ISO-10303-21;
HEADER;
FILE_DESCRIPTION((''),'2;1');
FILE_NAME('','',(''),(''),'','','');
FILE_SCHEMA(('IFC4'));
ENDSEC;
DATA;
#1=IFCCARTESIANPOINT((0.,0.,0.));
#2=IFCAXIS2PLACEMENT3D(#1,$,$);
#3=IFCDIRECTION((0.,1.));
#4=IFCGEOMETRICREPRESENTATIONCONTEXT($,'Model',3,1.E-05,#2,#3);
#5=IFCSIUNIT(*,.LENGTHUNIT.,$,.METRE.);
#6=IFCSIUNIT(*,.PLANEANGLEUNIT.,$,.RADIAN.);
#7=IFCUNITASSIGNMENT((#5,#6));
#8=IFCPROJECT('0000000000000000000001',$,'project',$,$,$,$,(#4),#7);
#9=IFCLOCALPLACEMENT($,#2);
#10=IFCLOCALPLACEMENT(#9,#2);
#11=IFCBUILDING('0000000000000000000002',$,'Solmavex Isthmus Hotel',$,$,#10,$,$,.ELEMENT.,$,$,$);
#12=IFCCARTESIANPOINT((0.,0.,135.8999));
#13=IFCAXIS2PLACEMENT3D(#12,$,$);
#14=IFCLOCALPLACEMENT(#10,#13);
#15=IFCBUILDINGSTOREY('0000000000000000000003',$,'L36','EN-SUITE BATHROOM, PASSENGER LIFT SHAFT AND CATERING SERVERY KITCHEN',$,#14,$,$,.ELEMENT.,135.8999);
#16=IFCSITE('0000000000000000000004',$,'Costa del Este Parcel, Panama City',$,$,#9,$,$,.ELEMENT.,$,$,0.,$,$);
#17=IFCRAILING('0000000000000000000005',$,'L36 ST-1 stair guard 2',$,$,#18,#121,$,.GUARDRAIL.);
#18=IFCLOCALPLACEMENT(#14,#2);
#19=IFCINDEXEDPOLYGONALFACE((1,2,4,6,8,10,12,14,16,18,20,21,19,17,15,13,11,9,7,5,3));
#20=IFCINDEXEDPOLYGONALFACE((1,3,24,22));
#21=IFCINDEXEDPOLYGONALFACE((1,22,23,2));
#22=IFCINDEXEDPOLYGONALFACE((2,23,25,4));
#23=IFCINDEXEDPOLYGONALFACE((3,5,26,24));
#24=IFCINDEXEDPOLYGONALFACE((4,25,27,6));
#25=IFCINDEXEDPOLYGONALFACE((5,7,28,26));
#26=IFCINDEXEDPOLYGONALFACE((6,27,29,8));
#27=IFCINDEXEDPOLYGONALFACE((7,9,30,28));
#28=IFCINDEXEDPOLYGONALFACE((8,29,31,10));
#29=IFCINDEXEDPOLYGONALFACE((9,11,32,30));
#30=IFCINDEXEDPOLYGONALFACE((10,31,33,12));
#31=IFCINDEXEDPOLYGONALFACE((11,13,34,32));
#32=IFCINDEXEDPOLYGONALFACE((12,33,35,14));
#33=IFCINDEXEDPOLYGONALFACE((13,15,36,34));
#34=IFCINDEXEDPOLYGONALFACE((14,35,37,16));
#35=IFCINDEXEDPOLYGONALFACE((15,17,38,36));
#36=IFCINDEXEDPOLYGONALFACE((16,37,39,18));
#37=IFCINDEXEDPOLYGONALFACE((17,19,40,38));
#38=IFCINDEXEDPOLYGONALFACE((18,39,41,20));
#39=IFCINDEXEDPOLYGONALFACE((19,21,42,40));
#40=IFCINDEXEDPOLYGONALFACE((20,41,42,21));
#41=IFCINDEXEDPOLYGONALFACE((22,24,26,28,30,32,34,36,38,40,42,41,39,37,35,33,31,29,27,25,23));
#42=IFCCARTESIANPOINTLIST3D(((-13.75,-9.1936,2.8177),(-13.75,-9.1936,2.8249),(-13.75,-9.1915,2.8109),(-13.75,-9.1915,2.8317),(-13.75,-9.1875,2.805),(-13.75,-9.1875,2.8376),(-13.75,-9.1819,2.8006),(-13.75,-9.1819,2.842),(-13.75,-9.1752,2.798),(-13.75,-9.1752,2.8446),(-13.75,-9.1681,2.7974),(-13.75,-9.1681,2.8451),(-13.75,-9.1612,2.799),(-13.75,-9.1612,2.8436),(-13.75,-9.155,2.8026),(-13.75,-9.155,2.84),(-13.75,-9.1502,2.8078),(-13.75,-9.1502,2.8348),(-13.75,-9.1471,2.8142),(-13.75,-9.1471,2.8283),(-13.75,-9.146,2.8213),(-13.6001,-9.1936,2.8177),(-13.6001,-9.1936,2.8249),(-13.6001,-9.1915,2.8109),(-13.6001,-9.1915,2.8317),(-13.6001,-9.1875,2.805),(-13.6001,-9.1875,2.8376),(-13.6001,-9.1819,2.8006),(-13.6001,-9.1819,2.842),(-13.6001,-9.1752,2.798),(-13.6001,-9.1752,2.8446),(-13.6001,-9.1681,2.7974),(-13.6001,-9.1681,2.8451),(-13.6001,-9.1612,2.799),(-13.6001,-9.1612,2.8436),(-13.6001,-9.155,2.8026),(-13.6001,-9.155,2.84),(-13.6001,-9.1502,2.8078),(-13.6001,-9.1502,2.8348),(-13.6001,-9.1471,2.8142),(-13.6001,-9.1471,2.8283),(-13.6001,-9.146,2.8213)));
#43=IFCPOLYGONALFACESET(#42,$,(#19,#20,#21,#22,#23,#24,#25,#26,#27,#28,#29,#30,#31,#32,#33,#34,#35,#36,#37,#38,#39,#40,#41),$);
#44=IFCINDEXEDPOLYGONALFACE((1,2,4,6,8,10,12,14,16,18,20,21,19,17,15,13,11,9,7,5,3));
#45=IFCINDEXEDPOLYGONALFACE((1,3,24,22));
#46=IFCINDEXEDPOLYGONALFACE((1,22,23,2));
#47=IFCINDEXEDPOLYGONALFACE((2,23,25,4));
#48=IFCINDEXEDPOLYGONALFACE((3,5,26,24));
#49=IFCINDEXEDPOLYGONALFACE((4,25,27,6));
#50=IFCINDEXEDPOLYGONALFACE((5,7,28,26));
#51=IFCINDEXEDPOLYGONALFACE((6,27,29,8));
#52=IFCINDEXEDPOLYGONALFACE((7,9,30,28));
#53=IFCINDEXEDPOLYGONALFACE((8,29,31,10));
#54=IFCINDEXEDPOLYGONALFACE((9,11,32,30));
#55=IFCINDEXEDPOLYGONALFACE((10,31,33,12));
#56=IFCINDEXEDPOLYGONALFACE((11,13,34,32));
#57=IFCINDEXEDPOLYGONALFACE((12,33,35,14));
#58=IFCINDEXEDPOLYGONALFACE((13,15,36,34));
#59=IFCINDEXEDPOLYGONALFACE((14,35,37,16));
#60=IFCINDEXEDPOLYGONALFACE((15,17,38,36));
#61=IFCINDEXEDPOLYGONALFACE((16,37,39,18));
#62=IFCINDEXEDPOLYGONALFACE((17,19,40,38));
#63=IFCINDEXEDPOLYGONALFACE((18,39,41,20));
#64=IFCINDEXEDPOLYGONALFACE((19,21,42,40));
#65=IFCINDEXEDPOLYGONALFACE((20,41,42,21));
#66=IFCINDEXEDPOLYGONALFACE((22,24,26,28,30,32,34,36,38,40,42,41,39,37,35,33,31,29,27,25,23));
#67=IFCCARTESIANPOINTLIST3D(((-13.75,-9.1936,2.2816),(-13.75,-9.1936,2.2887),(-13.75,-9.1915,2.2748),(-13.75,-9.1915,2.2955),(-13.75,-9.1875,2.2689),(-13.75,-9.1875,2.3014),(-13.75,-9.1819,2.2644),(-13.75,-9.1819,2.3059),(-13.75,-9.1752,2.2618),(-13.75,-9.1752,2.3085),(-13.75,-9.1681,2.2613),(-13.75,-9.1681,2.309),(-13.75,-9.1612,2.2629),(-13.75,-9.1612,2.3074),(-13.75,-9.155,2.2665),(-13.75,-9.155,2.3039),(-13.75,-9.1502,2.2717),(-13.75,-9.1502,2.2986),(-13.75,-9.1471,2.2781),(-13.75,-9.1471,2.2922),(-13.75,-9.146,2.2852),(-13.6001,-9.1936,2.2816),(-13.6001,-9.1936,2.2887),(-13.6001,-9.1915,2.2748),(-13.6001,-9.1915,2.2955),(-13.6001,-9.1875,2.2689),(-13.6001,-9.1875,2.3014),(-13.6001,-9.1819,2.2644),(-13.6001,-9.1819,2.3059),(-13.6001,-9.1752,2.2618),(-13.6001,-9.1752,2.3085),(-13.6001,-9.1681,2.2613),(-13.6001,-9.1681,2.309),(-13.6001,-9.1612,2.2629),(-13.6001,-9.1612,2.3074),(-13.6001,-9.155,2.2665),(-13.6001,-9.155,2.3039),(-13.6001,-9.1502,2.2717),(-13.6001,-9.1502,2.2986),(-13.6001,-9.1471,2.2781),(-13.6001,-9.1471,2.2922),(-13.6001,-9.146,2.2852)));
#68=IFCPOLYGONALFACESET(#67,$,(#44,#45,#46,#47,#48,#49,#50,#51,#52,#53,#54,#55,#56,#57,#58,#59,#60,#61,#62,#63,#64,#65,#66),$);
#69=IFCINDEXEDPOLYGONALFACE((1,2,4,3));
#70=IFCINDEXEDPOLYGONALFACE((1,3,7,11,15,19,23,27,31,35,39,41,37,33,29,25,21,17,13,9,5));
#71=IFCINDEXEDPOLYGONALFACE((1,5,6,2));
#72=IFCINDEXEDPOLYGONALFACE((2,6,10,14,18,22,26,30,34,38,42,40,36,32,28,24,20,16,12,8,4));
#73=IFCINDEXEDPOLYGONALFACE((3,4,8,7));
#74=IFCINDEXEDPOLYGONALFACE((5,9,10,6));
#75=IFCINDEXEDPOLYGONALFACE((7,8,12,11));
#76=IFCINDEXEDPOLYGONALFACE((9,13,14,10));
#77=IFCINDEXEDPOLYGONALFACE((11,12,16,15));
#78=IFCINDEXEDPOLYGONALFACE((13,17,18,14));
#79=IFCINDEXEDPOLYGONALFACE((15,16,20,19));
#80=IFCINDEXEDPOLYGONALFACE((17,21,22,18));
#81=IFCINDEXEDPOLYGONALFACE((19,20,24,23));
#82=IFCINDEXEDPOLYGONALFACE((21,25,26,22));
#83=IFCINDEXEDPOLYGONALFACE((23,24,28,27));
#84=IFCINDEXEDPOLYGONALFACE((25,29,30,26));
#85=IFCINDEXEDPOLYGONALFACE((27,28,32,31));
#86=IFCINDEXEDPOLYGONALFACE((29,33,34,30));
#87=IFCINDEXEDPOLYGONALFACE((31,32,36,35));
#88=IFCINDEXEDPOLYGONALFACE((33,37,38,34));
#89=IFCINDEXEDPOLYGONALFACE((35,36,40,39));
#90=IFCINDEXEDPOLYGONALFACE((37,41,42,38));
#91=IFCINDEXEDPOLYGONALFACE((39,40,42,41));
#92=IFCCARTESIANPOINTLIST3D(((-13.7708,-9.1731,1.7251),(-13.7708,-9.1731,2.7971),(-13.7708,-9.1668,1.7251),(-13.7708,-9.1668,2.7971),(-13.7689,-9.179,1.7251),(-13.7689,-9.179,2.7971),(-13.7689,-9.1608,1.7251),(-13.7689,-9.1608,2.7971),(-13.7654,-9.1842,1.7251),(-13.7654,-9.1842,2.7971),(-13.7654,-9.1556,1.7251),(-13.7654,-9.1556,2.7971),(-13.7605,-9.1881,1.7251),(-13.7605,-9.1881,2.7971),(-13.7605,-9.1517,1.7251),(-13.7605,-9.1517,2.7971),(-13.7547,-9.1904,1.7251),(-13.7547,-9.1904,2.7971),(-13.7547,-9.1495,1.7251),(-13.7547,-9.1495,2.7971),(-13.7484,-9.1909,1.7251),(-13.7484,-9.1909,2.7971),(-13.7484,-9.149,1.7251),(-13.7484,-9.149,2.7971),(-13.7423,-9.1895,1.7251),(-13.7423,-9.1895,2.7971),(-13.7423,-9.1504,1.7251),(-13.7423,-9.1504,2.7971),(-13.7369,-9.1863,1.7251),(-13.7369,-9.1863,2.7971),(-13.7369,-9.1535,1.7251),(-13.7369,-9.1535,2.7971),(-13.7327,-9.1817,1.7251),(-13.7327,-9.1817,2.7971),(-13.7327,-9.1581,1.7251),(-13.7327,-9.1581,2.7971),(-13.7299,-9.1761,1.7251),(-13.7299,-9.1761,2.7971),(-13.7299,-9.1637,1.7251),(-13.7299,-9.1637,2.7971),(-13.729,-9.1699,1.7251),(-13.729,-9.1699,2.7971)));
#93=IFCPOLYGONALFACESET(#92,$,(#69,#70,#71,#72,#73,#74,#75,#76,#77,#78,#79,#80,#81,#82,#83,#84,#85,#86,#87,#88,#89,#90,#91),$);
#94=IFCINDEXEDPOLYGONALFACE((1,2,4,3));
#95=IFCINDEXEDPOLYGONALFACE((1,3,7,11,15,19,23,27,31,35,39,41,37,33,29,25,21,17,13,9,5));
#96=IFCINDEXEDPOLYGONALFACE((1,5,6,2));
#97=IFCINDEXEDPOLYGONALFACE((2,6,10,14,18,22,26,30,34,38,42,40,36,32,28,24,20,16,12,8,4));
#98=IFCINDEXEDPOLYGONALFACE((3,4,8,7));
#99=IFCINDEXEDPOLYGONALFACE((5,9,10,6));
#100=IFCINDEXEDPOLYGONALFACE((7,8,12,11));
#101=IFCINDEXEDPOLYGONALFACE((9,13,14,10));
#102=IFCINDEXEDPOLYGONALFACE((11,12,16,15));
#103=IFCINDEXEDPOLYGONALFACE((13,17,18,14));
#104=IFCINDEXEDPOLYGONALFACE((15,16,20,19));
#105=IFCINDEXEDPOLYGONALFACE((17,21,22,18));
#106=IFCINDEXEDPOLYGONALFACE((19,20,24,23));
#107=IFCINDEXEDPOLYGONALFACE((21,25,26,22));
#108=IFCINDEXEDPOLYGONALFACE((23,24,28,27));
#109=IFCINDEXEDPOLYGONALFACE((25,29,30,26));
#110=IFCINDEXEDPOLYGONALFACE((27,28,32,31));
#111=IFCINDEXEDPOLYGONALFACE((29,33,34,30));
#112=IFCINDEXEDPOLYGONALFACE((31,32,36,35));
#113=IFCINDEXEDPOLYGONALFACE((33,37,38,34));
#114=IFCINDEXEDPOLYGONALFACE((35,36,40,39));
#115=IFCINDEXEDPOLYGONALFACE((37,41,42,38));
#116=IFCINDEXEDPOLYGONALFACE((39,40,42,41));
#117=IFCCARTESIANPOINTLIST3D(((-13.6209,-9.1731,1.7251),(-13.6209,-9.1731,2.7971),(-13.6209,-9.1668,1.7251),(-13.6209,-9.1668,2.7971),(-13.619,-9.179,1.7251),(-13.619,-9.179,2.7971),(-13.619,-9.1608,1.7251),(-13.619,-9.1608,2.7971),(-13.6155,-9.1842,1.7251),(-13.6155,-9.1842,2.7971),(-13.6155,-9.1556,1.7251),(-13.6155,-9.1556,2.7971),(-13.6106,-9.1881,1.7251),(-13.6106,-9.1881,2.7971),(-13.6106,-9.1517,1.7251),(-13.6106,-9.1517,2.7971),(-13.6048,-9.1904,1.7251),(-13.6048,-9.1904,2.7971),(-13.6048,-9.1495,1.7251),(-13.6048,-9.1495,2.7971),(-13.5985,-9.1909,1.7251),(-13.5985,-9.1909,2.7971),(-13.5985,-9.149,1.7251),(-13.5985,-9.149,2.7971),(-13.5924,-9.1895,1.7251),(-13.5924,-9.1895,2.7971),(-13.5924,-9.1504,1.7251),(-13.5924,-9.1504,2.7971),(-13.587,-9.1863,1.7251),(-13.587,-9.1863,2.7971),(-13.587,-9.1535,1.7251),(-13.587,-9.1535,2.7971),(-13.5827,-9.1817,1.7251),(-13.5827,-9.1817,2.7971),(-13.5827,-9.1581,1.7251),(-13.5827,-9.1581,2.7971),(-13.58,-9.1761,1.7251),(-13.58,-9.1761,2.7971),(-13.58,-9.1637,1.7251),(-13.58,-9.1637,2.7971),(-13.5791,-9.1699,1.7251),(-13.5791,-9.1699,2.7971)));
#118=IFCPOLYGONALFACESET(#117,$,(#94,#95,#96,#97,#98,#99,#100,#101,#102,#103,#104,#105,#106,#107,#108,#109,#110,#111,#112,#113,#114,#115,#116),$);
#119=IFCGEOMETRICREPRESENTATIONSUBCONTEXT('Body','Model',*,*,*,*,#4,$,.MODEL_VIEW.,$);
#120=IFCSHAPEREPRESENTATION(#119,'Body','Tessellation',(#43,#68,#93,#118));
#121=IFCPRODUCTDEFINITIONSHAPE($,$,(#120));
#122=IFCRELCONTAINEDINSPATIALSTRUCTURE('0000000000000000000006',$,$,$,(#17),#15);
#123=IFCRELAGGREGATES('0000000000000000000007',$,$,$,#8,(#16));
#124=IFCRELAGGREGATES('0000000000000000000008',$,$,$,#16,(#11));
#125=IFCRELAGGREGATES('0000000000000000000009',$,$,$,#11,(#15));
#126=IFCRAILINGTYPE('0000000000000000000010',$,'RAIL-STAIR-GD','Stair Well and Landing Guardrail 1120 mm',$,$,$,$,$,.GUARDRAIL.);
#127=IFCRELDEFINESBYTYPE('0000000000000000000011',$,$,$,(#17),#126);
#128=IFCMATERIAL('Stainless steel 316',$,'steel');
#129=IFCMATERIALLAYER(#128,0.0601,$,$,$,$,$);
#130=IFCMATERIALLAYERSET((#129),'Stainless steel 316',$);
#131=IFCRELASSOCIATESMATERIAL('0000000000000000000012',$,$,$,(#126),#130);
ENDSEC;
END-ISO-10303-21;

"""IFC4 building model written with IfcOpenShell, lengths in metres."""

from ifc_helpers import new_model, si_unit, direction, frame, origin, origin_2d, place, context, subcontext, project, spatial, circle, extrude, material, layer, layer_set, type_object, element, save


model = new_model("IFC4")

# Units and contexts
model_context = context("Model", 3, precision=1e-05, world=origin(), true_north=direction((0.0, 1.0)))
body_context = subcontext(model_context, "Body", "Model", "MODEL_VIEW")
ifc_project = project(units=[si_unit("LENGTHUNIT", "METRE"), si_unit("PLANEANGLEUNIT", "RADIAN")], contexts=[model_context])

# Site, building, storey
site_placement = place(None, origin())
site = spatial("IfcSite", under=ifc_project, at=site_placement, Name="Costa del Este Parcel, Panama City", CompositionType="ELEMENT", RefElevation=0.0)
building_placement = place(site_placement, origin())
building = spatial("IfcBuilding", under=site, at=building_placement, Name="Solmavex Isthmus Hotel", CompositionType="ELEMENT")
storey_placement = place(building_placement, frame((0.0, 0.0, 135.8999)))
storey = spatial("IfcBuildingStorey", under=building, at=storey_placement, Name="L36", Description="EN-SUITE BATHROOM, PASSENGER LIFT SHAFT AND CATERING SERVERY KITCHEN", CompositionType="ELEMENT", Elevation=135.8999)

# Railing
ifc_material_1 = material(Name="Stainless steel 316", Category="steel")
ifc_layer_1 = layer(ifc_material_1, 0.0601)
ifc_layer_set_1 = layer_set([ifc_layer_1], Name="Stainless steel 316")
railing_type_1 = type_object("IfcRailingType", Name="RAIL-STAIR-GD", Description="Stair Well and Landing Guardrail 1120 mm", PredefinedType="GUARDRAIL", material=ifc_layer_set_1)
railing_1_placement = place(storey_placement, frame((-13.75, -9.1699, 1.7251)))
element("IfcRailing", 1, at=railing_1_placement, inside=storey, type_object=railing_type_1, Name="L36 ST-1 stair guard 2", PredefinedType="GUARDRAIL", context=body_context, shape_type="SweptSolid", body=[
    extrude(circle(Radius=0.0239, at=origin_2d()), frame((0.0, 0.0, 1.0962), z_axis=(1.0, 0.0, 0.0), x_axis=(0.0, 1.0, 0.0)), (0.0, 0.0, 1.0), 0.1499),
    extrude(circle(Radius=0.0239, at=origin_2d()), frame((0.0, 0.0, 0.5601), z_axis=(1.0, 0.0, 0.0), x_axis=(0.0, 1.0, 0.0)), (0.0, 0.0, 1.0), 0.1499),
    extrude(circle(Radius=0.021, at=origin_2d()), origin(), (0.0, 0.0, 1.0), 1.072),
    extrude(circle(Radius=0.021, at=origin_2d()), frame((0.1499, 0.0, 0.0)), (0.0, 0.0, 1.0), 1.072),
])

save(model, "model.ifc")
